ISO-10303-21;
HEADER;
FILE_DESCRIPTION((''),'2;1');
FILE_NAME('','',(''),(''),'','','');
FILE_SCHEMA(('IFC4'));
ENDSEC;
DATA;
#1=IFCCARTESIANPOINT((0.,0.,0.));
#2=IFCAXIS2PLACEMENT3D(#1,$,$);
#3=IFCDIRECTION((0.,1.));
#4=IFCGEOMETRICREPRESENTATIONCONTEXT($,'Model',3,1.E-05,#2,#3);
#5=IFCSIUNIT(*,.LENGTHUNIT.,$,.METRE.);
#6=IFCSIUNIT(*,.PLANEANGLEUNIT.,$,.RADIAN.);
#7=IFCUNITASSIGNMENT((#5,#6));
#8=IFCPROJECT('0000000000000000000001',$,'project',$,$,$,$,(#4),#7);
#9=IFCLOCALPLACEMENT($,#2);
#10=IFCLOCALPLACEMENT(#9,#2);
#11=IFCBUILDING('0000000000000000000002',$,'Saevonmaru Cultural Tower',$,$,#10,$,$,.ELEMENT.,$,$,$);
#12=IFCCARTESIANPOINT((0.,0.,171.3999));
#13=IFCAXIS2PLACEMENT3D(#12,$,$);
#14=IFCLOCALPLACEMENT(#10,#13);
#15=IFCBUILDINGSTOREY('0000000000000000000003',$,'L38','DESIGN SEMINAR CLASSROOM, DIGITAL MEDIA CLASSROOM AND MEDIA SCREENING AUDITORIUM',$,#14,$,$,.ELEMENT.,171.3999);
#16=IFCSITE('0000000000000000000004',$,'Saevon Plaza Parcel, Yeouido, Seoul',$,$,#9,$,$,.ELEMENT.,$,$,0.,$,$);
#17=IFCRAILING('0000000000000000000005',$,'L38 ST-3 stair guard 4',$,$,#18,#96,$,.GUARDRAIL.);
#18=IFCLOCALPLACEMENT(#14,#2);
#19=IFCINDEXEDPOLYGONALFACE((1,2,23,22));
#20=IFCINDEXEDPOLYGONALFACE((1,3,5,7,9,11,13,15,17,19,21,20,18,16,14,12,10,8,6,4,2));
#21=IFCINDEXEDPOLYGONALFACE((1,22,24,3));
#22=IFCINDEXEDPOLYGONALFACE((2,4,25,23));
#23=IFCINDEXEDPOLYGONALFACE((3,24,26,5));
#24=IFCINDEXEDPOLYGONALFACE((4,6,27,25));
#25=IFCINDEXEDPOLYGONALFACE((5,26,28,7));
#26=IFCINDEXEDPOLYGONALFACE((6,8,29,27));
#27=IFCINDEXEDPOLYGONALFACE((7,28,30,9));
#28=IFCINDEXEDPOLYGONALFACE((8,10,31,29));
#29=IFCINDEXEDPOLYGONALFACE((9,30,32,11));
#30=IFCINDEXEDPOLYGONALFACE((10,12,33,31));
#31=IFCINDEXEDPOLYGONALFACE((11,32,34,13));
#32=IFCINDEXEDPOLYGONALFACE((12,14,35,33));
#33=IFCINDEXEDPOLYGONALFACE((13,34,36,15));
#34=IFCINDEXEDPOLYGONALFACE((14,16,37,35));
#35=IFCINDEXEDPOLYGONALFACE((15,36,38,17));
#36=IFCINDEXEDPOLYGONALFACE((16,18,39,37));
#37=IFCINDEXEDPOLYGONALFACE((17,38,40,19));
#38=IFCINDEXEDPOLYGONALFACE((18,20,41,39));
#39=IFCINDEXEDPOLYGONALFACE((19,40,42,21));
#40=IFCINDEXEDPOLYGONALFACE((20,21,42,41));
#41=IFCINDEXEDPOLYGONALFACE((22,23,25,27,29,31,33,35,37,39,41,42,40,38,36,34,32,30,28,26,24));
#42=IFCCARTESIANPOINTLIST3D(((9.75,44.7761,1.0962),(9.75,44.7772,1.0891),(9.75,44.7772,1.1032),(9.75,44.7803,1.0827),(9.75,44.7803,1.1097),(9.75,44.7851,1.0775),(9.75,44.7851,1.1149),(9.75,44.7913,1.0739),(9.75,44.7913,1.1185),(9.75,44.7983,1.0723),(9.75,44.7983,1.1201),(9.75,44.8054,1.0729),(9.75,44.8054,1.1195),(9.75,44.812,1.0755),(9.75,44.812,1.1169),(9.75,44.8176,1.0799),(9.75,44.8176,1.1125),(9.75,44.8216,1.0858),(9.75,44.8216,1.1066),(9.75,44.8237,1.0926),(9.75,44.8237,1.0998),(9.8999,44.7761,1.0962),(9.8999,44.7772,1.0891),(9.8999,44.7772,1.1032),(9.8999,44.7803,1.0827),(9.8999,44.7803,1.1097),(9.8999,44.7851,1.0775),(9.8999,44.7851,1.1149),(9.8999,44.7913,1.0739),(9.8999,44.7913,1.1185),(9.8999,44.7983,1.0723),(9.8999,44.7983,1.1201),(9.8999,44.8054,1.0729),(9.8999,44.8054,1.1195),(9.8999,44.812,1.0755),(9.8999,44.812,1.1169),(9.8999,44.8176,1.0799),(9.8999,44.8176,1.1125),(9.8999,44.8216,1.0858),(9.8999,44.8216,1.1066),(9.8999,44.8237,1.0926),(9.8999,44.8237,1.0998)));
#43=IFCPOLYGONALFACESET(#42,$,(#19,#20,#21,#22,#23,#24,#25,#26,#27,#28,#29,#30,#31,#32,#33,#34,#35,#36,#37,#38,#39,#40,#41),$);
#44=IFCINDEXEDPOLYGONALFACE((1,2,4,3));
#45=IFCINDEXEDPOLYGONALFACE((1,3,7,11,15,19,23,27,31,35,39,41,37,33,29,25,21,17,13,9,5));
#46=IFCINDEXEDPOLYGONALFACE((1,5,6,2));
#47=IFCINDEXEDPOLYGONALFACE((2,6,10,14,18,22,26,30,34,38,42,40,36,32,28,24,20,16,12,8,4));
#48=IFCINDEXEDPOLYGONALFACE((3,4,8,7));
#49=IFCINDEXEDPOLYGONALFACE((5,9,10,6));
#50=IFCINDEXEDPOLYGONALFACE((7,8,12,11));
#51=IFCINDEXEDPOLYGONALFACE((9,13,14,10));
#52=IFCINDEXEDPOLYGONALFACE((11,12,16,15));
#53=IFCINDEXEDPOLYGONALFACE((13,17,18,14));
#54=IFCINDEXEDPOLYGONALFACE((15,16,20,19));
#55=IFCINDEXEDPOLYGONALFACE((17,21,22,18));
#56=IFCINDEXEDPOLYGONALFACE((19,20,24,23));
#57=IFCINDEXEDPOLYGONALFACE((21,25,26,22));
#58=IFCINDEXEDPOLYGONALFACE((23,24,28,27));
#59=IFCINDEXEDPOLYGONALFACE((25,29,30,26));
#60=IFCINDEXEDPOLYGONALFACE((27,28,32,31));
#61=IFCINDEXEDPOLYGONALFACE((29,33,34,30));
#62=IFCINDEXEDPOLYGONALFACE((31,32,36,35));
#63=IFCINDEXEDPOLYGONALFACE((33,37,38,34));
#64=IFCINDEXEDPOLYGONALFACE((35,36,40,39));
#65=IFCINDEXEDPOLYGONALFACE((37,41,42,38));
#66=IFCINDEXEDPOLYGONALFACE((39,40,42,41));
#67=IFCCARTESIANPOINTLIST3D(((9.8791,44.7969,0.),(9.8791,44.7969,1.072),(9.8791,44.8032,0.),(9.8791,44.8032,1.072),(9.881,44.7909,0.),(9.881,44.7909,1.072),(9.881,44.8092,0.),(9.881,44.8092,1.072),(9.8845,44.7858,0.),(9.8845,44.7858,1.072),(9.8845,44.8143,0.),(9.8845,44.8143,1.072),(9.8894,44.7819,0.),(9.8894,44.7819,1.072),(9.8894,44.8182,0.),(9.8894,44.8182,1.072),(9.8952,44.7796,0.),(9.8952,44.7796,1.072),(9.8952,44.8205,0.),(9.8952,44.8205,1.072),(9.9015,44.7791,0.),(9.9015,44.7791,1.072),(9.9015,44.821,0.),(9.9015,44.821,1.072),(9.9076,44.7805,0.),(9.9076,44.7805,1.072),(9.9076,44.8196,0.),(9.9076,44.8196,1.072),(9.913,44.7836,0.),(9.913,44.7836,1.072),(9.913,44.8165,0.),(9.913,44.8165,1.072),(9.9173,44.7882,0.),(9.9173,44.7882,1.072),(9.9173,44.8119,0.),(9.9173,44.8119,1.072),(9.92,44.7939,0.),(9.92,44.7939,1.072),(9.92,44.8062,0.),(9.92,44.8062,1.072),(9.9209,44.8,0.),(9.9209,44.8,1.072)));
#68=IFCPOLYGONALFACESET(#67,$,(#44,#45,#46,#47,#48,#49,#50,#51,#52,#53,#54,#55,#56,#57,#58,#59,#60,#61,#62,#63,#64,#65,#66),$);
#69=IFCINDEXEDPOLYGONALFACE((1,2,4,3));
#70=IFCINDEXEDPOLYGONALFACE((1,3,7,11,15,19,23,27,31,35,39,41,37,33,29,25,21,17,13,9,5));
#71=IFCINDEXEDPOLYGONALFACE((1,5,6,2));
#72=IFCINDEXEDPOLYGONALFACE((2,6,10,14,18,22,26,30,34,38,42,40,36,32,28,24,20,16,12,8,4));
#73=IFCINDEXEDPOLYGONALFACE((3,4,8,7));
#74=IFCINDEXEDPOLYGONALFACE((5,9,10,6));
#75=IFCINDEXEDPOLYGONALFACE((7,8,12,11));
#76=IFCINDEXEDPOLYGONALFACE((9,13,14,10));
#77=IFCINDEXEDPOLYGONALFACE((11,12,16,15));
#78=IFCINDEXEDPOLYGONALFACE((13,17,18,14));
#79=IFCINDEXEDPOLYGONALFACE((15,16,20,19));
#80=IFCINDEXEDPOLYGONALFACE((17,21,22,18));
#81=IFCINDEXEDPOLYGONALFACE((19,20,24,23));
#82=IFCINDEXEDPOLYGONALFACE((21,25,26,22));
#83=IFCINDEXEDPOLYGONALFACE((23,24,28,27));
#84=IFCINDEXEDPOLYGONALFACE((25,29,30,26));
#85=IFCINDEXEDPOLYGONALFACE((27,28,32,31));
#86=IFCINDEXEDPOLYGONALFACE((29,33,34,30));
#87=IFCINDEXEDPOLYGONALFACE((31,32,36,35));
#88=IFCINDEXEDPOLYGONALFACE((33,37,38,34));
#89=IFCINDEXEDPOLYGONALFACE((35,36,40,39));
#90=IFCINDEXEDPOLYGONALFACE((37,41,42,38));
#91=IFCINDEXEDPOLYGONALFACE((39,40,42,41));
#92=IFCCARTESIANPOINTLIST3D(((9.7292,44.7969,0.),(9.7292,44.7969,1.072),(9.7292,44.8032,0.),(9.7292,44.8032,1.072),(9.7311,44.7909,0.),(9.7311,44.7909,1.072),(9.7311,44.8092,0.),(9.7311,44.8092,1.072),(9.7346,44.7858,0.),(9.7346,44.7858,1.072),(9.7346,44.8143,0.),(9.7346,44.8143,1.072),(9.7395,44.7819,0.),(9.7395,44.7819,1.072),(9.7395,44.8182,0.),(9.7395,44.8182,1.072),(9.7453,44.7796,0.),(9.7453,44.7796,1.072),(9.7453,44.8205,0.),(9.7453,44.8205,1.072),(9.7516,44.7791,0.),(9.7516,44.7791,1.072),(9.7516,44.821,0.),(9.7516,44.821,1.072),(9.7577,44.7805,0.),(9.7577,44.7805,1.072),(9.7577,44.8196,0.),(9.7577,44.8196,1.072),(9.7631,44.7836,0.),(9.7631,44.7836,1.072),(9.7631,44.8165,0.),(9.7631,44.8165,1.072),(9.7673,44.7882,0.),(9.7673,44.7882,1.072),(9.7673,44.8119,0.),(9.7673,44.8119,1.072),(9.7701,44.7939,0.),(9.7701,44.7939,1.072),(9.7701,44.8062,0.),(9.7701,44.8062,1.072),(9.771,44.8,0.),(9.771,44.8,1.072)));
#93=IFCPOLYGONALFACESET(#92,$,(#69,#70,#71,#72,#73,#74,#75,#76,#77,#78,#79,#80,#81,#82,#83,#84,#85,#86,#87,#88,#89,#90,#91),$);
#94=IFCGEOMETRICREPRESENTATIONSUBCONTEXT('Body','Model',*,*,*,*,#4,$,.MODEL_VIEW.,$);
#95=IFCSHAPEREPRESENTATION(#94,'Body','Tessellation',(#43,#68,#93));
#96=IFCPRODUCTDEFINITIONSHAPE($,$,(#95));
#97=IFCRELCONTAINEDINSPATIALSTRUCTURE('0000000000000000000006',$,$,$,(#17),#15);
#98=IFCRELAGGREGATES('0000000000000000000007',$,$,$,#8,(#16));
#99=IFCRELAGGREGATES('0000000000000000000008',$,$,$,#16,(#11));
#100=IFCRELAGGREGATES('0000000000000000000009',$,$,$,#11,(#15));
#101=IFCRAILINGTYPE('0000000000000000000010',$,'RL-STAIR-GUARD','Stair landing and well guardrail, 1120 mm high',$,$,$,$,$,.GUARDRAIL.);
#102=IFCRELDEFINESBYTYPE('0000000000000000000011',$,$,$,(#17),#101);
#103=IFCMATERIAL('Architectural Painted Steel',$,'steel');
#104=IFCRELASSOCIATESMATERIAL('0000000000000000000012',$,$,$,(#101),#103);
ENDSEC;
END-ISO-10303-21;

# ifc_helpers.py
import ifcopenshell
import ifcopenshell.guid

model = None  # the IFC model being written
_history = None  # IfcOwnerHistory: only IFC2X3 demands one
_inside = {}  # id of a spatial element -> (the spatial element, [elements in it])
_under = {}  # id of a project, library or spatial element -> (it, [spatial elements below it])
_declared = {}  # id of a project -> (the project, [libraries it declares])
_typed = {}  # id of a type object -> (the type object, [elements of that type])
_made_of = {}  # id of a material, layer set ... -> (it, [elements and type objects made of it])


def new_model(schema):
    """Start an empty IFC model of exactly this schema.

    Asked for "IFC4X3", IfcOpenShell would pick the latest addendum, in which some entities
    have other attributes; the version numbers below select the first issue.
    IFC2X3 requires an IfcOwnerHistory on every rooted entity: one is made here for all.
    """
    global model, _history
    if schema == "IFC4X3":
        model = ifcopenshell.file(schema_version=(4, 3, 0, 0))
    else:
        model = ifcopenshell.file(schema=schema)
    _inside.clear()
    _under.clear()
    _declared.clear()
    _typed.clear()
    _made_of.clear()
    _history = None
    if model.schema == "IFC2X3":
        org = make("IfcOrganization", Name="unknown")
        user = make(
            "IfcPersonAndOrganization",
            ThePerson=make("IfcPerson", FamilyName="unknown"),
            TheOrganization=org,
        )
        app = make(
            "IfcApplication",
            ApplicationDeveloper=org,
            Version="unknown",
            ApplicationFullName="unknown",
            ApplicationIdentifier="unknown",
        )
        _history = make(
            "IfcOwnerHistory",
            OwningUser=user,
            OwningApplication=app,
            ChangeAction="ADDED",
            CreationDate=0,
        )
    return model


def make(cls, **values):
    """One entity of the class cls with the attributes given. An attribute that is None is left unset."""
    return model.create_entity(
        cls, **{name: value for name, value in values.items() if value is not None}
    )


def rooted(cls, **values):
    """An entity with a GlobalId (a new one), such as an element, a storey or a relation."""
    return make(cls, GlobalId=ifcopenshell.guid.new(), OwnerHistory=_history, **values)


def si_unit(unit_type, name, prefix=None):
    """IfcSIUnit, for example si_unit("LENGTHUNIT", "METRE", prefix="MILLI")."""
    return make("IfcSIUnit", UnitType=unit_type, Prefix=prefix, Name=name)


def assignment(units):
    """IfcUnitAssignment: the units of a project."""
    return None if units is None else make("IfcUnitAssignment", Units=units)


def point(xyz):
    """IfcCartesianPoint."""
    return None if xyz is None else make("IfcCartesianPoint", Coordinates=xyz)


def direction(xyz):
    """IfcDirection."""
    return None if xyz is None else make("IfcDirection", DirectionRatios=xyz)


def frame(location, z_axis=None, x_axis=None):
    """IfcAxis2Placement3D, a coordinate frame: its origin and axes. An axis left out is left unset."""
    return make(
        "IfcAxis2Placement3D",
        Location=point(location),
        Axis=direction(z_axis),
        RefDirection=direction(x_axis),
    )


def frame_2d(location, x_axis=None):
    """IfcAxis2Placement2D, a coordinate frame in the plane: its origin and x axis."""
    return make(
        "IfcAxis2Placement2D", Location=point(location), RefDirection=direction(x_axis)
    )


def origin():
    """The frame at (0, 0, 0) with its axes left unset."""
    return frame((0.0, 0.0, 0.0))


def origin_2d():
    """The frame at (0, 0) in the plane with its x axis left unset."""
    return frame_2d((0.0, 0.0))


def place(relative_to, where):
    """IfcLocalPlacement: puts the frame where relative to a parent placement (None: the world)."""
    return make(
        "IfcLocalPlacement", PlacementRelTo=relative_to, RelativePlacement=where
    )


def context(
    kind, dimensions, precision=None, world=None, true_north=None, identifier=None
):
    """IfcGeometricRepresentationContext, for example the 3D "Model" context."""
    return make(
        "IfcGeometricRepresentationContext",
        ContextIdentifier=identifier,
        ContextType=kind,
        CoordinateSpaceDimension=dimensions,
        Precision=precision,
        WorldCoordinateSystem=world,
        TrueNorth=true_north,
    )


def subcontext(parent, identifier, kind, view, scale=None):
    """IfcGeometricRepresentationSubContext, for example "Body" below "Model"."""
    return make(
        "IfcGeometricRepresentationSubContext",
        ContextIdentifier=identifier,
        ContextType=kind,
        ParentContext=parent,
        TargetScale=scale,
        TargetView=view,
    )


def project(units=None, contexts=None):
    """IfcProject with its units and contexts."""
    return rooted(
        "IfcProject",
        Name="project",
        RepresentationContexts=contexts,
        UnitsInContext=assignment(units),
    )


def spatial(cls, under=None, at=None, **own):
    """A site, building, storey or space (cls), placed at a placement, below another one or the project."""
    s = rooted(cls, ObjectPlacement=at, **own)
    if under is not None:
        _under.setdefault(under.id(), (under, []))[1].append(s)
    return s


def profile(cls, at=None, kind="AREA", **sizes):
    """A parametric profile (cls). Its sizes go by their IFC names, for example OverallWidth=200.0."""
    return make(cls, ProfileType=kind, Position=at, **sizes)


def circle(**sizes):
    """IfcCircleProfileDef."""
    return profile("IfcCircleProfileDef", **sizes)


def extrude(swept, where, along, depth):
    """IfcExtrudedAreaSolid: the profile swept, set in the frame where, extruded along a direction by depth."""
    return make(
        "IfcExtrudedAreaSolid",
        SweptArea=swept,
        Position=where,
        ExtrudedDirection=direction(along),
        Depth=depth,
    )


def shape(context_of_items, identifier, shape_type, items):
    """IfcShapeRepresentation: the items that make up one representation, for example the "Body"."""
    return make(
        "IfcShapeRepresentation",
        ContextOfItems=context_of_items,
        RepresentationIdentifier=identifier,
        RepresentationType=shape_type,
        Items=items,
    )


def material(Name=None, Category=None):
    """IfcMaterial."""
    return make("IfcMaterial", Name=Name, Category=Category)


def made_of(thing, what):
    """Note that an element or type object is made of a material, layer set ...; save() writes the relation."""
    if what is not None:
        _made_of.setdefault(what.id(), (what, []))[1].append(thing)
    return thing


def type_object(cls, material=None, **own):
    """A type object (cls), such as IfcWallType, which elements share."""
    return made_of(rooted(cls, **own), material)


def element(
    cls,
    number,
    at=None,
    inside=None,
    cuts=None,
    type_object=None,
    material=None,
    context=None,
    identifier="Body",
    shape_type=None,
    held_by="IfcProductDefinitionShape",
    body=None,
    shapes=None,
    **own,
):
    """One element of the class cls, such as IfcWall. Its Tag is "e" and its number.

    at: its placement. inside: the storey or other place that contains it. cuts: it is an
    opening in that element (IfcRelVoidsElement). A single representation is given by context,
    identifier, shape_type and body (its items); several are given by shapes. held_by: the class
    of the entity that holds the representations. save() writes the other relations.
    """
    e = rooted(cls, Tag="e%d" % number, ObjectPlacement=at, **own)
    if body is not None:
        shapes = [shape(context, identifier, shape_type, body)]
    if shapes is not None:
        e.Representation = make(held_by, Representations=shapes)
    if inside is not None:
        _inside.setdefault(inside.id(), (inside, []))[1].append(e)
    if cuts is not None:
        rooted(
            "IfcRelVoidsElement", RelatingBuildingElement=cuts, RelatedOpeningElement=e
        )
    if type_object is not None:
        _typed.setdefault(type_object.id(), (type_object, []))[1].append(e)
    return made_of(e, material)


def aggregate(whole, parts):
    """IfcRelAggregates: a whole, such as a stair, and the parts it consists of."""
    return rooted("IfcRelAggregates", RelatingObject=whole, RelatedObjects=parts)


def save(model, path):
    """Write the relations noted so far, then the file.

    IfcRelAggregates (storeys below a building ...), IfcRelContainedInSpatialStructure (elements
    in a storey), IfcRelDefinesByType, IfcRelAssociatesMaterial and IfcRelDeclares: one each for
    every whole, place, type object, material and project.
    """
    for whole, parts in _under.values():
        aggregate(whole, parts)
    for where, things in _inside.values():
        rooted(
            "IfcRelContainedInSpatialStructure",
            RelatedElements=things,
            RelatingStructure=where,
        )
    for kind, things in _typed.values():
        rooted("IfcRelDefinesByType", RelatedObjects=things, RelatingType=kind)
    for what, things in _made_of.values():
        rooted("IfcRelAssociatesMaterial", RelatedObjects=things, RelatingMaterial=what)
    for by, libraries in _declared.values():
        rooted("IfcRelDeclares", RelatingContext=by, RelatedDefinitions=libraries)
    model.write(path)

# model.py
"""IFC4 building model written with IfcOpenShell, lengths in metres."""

from ifc_helpers import new_model, si_unit, direction, frame, origin, origin_2d, place, context, subcontext, project, spatial, circle, extrude, material, type_object, element, save


model = new_model("IFC4")

# Units and contexts
model_context = context("Model", 3, precision=1e-05, world=origin(), true_north=direction((0.0, 1.0)))
body_context = subcontext(model_context, "Body", "Model", "MODEL_VIEW")
ifc_project = project(units=[si_unit("LENGTHUNIT", "METRE"), si_unit("PLANEANGLEUNIT", "RADIAN")], contexts=[model_context])

# Site, building, storey
site_placement = place(None, origin())
site = spatial("IfcSite", under=ifc_project, at=site_placement, Name="Saevon Plaza Parcel, Yeouido, Seoul", CompositionType="ELEMENT", RefElevation=0.0)
building_placement = place(site_placement, origin())
building = spatial("IfcBuilding", under=site, at=building_placement, Name="Saevonmaru Cultural Tower", CompositionType="ELEMENT")
storey_placement = place(building_placement, frame((0.0, 0.0, 171.3999)))
storey = spatial("IfcBuildingStorey", under=building, at=storey_placement, Name="L38", Description="DESIGN SEMINAR CLASSROOM, DIGITAL MEDIA CLASSROOM AND MEDIA SCREENING AUDITORIUM", CompositionType="ELEMENT", Elevation=171.3999)

# Railing
ifc_material_1 = material(Name="Architectural Painted Steel", Category="steel")
railing_type_1 = type_object("IfcRailingType", Name="RL-STAIR-GUARD", Description="Stair landing and well guardrail, 1120 mm high", PredefinedType="GUARDRAIL", material=ifc_material_1)
railing_1_placement = place(storey_placement, frame((9.8999, 44.8, 0.0)))
element("IfcRailing", 1, at=railing_1_placement, inside=storey, type_object=railing_type_1, Name="L38 ST-3 stair guard 4", PredefinedType="GUARDRAIL", context=body_context, shape_type="SweptSolid", body=[
    extrude(circle(Radius=0.0239, at=origin_2d()), frame((0.0, 0.0, 1.0962), z_axis=(-1.0, 0.0, 0.0), x_axis=(0.0, -1.0, 0.0)), (0.0, 0.0, 1.0), 0.1499),
    extrude(circle(Radius=0.021, at=origin_2d()), origin(), (0.0, 0.0, 1.0), 1.072),
    extrude(circle(Radius=0.021, at=origin_2d()), frame((-0.1499, 0.0, 0.0)), (0.0, 0.0, 1.0), 1.072),
])

save(model, "model.ifc")
